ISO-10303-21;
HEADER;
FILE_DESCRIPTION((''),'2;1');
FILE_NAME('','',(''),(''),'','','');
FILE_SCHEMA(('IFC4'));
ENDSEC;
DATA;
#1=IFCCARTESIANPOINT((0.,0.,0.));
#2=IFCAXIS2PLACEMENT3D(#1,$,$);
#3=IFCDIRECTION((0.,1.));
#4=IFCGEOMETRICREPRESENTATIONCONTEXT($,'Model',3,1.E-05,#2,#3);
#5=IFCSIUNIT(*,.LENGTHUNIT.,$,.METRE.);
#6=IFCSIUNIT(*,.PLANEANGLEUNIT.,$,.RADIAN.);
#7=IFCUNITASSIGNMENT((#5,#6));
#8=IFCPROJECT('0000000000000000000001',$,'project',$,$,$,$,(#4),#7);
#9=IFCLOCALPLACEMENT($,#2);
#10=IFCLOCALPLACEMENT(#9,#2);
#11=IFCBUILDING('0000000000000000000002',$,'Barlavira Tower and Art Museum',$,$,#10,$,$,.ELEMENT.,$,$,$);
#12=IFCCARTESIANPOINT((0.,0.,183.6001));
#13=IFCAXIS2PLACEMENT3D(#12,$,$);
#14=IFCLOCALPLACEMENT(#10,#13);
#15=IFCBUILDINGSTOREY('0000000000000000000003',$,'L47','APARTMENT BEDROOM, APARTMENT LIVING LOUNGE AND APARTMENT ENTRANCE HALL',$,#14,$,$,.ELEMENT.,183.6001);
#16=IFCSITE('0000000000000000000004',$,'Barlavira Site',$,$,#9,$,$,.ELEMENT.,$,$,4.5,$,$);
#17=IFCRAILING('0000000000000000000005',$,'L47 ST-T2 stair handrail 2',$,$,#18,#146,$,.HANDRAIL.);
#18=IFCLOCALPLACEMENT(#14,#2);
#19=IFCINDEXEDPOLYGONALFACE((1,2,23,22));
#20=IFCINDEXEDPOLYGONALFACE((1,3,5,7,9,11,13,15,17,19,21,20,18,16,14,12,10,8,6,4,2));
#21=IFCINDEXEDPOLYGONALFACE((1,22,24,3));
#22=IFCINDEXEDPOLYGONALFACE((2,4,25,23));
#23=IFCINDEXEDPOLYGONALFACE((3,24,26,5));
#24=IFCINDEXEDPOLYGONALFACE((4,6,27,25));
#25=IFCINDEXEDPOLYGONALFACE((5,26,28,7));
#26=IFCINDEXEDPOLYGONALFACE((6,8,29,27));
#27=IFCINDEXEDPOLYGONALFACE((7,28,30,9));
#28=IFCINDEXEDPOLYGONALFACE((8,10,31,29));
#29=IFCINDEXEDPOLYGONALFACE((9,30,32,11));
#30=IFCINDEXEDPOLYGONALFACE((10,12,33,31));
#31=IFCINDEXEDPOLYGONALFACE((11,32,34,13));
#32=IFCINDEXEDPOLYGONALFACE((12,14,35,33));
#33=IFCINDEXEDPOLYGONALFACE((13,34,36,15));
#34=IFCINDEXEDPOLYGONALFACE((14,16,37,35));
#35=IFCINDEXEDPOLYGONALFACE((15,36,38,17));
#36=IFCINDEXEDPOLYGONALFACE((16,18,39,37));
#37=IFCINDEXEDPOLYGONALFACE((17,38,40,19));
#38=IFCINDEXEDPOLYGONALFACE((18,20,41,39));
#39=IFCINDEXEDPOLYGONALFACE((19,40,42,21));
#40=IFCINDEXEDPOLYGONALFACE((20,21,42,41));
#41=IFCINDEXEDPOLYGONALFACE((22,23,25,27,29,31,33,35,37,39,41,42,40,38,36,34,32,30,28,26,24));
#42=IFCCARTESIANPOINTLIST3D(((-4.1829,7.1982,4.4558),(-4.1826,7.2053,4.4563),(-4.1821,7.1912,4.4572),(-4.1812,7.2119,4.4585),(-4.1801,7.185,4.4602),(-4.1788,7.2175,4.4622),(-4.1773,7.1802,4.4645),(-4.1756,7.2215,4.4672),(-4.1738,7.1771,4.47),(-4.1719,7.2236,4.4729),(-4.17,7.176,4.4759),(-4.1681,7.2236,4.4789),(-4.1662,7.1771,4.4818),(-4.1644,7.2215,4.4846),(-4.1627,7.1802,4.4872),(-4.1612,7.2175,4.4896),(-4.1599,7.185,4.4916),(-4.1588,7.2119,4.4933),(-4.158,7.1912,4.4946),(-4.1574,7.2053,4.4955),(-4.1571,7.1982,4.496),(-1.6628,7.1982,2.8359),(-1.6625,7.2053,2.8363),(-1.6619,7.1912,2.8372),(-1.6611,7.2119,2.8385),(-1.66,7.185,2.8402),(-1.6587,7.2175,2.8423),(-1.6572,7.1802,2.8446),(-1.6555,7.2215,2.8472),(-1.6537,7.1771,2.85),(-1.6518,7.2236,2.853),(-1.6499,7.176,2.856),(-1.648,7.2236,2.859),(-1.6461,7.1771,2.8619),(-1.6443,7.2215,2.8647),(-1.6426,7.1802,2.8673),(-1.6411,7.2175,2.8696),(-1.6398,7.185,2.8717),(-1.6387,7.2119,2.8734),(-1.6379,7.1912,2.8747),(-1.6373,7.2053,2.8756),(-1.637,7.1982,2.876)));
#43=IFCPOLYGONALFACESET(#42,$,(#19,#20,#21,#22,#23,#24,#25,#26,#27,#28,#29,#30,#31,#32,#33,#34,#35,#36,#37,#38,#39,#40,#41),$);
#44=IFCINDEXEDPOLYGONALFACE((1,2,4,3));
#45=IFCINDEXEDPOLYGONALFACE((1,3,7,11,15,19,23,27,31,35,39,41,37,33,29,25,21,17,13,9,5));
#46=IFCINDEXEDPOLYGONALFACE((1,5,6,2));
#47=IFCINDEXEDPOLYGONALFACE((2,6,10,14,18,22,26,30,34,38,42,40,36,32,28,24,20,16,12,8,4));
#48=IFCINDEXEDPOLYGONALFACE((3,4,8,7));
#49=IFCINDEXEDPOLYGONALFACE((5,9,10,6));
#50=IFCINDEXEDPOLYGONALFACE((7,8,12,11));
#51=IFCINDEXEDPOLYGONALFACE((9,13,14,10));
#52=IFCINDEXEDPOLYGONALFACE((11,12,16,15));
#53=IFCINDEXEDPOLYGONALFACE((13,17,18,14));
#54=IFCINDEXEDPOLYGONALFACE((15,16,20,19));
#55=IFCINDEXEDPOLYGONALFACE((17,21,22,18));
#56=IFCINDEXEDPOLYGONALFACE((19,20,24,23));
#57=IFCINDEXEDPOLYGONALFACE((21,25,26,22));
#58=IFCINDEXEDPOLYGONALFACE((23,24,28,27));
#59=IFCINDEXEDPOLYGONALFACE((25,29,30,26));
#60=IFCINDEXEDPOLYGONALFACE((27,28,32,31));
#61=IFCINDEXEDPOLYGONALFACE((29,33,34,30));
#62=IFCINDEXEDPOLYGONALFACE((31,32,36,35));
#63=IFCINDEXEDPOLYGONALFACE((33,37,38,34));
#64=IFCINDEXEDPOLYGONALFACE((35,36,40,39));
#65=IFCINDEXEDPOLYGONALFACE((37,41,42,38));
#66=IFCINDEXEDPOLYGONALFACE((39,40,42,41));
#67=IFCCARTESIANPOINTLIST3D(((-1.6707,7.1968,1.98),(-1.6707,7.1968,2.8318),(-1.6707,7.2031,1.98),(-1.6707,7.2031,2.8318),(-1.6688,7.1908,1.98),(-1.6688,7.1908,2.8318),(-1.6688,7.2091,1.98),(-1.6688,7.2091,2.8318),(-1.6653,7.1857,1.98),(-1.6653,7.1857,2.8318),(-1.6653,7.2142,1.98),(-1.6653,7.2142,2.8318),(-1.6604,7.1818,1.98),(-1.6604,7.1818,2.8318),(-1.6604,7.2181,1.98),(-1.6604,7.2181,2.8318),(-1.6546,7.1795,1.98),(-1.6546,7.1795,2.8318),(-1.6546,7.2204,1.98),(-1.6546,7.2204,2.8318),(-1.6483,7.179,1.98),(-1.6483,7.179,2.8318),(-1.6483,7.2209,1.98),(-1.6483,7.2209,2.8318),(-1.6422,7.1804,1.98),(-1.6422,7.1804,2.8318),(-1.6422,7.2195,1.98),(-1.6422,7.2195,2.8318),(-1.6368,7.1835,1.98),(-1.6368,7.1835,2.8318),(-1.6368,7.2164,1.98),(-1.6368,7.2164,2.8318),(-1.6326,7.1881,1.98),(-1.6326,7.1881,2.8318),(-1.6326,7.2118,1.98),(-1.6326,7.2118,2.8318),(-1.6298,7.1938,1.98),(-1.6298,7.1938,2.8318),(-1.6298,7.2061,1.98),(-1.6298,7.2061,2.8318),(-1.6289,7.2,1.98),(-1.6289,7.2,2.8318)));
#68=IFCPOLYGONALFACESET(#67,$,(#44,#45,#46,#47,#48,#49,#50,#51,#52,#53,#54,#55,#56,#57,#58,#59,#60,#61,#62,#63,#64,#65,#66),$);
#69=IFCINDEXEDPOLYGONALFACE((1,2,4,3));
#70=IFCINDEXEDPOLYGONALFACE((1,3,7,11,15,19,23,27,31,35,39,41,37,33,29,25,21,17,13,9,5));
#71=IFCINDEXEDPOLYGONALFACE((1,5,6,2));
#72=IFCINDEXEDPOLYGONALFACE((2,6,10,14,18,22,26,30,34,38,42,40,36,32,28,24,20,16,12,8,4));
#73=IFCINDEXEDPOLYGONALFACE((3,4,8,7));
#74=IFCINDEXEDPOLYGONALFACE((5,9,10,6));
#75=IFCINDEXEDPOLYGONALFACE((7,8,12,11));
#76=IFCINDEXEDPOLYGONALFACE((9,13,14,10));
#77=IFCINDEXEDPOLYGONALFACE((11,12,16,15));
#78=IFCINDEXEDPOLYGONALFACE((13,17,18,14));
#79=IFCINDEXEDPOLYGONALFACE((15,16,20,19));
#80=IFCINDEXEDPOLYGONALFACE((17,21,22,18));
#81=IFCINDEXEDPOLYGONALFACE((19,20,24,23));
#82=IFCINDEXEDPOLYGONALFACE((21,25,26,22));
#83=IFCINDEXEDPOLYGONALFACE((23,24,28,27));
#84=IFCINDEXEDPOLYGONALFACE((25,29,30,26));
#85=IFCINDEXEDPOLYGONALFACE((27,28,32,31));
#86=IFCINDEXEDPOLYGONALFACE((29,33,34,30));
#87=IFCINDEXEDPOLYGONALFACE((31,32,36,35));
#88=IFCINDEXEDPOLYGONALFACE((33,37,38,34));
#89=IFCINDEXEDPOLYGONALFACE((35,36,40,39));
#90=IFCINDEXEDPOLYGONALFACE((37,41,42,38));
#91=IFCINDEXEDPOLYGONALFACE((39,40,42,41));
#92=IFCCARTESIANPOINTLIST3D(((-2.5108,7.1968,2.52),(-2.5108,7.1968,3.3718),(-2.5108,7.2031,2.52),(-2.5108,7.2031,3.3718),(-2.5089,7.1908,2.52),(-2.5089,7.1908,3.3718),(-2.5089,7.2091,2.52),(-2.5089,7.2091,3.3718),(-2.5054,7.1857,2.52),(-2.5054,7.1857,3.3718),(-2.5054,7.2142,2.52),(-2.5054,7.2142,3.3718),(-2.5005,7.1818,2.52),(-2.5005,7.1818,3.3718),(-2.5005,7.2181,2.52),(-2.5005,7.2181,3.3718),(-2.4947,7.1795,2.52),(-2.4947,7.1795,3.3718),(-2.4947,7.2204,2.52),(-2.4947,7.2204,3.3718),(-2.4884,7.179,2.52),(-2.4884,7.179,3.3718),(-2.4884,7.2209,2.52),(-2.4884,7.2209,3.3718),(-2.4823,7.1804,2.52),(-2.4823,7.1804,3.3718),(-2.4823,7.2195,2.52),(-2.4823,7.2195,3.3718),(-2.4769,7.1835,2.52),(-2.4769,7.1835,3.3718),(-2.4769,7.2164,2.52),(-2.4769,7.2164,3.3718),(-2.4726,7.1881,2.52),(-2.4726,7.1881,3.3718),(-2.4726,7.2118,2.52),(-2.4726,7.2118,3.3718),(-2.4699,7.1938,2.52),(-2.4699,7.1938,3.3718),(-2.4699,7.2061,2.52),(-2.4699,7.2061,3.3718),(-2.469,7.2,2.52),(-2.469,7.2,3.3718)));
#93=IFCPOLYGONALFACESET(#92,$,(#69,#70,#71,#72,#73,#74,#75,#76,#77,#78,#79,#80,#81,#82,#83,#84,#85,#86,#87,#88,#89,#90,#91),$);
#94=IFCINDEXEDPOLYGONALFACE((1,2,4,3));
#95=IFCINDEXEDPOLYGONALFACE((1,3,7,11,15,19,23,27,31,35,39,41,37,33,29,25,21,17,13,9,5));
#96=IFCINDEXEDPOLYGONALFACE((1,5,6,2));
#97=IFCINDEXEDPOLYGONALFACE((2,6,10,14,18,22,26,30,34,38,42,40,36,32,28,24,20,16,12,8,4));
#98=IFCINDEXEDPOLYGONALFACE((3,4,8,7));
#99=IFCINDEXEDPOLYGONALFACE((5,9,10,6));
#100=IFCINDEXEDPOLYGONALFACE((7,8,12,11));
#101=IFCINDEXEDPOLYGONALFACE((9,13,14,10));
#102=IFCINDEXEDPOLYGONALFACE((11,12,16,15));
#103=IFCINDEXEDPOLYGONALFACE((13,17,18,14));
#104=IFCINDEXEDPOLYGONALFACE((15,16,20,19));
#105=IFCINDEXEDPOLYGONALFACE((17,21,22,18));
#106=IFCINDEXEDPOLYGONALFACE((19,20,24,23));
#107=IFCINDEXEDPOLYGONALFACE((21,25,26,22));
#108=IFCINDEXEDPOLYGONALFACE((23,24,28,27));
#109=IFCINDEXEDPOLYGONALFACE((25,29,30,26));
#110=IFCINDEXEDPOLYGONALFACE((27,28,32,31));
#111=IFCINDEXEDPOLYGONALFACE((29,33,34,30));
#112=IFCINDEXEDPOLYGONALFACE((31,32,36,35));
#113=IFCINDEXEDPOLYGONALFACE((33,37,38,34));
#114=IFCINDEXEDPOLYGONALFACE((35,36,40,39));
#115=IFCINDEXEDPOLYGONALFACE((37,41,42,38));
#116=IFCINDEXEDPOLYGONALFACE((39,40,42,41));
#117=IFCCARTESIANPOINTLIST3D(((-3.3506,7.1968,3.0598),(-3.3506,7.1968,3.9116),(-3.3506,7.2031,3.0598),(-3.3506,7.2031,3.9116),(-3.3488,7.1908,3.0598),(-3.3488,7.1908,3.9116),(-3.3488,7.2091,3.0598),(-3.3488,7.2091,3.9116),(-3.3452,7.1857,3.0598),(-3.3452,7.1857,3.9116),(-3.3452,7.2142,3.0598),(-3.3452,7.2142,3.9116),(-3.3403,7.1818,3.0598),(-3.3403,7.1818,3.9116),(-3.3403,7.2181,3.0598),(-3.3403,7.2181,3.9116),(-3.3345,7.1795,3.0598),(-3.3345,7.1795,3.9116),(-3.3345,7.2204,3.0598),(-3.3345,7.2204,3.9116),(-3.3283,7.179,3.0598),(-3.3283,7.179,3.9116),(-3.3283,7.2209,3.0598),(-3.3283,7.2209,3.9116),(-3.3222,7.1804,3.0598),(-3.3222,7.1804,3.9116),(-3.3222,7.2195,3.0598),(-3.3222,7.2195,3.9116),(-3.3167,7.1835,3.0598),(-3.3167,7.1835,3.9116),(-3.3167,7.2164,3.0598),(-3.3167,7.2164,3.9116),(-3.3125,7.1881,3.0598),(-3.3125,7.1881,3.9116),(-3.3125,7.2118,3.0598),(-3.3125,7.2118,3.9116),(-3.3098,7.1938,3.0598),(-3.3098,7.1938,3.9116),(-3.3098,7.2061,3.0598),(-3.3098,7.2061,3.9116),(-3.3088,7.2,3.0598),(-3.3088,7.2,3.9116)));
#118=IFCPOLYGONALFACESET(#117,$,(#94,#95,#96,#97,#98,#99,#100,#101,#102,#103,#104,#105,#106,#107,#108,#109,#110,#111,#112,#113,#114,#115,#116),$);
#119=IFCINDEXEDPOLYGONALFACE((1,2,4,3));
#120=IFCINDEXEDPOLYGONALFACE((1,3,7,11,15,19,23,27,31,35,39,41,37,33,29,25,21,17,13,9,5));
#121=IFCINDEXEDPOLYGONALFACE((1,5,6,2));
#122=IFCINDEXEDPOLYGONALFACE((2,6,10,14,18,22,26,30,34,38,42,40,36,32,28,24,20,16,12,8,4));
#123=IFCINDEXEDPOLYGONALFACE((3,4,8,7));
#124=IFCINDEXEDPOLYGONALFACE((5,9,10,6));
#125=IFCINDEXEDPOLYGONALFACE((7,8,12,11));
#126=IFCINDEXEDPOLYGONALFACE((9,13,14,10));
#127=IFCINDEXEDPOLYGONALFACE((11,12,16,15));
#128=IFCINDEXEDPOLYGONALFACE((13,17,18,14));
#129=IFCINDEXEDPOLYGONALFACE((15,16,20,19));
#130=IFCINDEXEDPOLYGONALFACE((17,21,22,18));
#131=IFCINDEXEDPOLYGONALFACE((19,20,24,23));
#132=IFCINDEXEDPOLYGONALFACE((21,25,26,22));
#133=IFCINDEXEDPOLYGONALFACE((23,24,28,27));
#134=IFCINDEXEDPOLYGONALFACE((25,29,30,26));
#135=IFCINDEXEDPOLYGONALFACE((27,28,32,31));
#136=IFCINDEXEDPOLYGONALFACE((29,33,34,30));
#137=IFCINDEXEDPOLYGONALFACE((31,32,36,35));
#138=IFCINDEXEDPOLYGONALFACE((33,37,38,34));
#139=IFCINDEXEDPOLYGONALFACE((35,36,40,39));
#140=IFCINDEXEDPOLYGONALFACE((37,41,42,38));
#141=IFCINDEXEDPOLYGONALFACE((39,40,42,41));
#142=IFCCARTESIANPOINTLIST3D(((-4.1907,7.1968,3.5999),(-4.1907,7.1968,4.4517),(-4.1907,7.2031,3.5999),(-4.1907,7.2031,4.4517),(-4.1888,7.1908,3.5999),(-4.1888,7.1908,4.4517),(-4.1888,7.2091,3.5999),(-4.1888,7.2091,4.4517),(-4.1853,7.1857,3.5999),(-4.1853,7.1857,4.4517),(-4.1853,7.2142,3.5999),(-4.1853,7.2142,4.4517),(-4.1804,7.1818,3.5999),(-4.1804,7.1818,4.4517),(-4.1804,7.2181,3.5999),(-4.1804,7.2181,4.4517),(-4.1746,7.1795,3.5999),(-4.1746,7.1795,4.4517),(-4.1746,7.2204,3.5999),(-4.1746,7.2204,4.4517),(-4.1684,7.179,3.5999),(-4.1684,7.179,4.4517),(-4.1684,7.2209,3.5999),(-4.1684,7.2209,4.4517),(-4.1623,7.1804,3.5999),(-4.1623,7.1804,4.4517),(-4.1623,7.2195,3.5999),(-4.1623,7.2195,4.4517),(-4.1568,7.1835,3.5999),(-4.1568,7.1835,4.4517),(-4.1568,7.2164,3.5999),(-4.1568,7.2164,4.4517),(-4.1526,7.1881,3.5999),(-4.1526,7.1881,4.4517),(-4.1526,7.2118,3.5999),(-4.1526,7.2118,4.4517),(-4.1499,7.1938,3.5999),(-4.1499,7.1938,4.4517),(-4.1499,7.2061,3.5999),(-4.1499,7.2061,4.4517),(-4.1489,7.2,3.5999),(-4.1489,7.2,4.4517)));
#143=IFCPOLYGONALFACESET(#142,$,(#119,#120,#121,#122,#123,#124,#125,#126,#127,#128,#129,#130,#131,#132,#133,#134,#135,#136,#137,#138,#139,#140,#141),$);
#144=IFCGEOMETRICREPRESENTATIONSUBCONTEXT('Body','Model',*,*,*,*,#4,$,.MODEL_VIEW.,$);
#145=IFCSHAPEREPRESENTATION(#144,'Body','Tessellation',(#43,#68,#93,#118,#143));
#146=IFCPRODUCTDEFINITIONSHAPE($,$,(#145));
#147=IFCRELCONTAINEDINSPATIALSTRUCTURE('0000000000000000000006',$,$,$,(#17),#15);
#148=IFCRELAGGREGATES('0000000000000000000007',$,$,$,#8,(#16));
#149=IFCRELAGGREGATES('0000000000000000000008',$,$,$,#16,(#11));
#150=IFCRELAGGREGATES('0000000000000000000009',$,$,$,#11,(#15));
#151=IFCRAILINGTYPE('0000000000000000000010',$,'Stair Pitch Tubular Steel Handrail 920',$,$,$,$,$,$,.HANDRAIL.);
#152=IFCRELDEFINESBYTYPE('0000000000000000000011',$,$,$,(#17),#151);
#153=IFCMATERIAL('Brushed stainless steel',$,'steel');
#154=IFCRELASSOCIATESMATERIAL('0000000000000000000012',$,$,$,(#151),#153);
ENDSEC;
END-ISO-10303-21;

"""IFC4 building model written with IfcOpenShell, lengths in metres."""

from ifc_helpers import new_model, si_unit, direction, frame, origin, origin_2d, place, context, subcontext, project, spatial, circle, extrude, material, type_object, element, save


model = new_model("IFC4")

# Units and contexts
model_context = context("Model", 3, precision=1e-05, world=origin(), true_north=direction((0.0, 1.0)))
body_context = subcontext(model_context, "Body", "Model", "MODEL_VIEW")
ifc_project = project(units=[si_unit("LENGTHUNIT", "METRE"), si_unit("PLANEANGLEUNIT", "RADIAN")], contexts=[model_context])

# Site, building, storey
site_placement = place(None, origin())
site = spatial("IfcSite", under=ifc_project, at=site_placement, Name="Barlavira Site", CompositionType="ELEMENT", RefElevation=4.5)
building_placement = place(site_placement, origin())
building = spatial("IfcBuilding", under=site, at=building_placement, Name="Barlavira Tower and Art Museum", CompositionType="ELEMENT")
storey_placement = place(building_placement, frame((0.0, 0.0, 183.6001)))
storey = spatial("IfcBuildingStorey", under=building, at=storey_placement, Name="L47", Description="APARTMENT BEDROOM, APARTMENT LIVING LOUNGE AND APARTMENT ENTRANCE HALL", CompositionType="ELEMENT", Elevation=183.6001)

# Shared definitions
ifc_material_1 = material(Name="Brushed stainless steel", Category="steel")

# Railing
railing_type_1 = type_object("IfcRailingType", Name="Stair Pitch Tubular Steel Handrail 920", PredefinedType="HANDRAIL", material=ifc_material_1)
railing_1_placement = place(storey_placement, frame((-1.6499, 7.2, 1.98)))
element("IfcRailing", 1, at=railing_1_placement, inside=storey, type_object=railing_type_1, Name="L47 ST-T2 stair handrail 2", PredefinedType="HANDRAIL", context=body_context, shape_type="SweptSolid", body=[
    extrude(circle(Radius=0.0239, at=origin_2d()), frame((0.0, 0.0, 0.876), z_axis=(-0.8412, 0.0, 0.540725), x_axis=(0.0, -1.0, 0.0)), (0.0, 0.0, 1.0), 2.9958),
    extrude(circle(Radius=0.021, at=origin_2d()), origin(), (0.0, 0.0, 1.0), 0.8518),
    extrude(circle(Radius=0.021, at=origin_2d()), frame((-0.8401, 0.0, 0.54)), (0.0, 0.0, 1.0), 0.8518),
    extrude(circle(Radius=0.021, at=origin_2d()), frame((-1.6799, 0.0, 1.0798)), (0.0, 0.0, 1.0), 0.8518),
    extrude(circle(Radius=0.021, at=origin_2d()), frame((-2.52, 0.0, 1.6199)), (0.0, 0.0, 1.0), 0.8518),
])

save(model, "model.ifc")
